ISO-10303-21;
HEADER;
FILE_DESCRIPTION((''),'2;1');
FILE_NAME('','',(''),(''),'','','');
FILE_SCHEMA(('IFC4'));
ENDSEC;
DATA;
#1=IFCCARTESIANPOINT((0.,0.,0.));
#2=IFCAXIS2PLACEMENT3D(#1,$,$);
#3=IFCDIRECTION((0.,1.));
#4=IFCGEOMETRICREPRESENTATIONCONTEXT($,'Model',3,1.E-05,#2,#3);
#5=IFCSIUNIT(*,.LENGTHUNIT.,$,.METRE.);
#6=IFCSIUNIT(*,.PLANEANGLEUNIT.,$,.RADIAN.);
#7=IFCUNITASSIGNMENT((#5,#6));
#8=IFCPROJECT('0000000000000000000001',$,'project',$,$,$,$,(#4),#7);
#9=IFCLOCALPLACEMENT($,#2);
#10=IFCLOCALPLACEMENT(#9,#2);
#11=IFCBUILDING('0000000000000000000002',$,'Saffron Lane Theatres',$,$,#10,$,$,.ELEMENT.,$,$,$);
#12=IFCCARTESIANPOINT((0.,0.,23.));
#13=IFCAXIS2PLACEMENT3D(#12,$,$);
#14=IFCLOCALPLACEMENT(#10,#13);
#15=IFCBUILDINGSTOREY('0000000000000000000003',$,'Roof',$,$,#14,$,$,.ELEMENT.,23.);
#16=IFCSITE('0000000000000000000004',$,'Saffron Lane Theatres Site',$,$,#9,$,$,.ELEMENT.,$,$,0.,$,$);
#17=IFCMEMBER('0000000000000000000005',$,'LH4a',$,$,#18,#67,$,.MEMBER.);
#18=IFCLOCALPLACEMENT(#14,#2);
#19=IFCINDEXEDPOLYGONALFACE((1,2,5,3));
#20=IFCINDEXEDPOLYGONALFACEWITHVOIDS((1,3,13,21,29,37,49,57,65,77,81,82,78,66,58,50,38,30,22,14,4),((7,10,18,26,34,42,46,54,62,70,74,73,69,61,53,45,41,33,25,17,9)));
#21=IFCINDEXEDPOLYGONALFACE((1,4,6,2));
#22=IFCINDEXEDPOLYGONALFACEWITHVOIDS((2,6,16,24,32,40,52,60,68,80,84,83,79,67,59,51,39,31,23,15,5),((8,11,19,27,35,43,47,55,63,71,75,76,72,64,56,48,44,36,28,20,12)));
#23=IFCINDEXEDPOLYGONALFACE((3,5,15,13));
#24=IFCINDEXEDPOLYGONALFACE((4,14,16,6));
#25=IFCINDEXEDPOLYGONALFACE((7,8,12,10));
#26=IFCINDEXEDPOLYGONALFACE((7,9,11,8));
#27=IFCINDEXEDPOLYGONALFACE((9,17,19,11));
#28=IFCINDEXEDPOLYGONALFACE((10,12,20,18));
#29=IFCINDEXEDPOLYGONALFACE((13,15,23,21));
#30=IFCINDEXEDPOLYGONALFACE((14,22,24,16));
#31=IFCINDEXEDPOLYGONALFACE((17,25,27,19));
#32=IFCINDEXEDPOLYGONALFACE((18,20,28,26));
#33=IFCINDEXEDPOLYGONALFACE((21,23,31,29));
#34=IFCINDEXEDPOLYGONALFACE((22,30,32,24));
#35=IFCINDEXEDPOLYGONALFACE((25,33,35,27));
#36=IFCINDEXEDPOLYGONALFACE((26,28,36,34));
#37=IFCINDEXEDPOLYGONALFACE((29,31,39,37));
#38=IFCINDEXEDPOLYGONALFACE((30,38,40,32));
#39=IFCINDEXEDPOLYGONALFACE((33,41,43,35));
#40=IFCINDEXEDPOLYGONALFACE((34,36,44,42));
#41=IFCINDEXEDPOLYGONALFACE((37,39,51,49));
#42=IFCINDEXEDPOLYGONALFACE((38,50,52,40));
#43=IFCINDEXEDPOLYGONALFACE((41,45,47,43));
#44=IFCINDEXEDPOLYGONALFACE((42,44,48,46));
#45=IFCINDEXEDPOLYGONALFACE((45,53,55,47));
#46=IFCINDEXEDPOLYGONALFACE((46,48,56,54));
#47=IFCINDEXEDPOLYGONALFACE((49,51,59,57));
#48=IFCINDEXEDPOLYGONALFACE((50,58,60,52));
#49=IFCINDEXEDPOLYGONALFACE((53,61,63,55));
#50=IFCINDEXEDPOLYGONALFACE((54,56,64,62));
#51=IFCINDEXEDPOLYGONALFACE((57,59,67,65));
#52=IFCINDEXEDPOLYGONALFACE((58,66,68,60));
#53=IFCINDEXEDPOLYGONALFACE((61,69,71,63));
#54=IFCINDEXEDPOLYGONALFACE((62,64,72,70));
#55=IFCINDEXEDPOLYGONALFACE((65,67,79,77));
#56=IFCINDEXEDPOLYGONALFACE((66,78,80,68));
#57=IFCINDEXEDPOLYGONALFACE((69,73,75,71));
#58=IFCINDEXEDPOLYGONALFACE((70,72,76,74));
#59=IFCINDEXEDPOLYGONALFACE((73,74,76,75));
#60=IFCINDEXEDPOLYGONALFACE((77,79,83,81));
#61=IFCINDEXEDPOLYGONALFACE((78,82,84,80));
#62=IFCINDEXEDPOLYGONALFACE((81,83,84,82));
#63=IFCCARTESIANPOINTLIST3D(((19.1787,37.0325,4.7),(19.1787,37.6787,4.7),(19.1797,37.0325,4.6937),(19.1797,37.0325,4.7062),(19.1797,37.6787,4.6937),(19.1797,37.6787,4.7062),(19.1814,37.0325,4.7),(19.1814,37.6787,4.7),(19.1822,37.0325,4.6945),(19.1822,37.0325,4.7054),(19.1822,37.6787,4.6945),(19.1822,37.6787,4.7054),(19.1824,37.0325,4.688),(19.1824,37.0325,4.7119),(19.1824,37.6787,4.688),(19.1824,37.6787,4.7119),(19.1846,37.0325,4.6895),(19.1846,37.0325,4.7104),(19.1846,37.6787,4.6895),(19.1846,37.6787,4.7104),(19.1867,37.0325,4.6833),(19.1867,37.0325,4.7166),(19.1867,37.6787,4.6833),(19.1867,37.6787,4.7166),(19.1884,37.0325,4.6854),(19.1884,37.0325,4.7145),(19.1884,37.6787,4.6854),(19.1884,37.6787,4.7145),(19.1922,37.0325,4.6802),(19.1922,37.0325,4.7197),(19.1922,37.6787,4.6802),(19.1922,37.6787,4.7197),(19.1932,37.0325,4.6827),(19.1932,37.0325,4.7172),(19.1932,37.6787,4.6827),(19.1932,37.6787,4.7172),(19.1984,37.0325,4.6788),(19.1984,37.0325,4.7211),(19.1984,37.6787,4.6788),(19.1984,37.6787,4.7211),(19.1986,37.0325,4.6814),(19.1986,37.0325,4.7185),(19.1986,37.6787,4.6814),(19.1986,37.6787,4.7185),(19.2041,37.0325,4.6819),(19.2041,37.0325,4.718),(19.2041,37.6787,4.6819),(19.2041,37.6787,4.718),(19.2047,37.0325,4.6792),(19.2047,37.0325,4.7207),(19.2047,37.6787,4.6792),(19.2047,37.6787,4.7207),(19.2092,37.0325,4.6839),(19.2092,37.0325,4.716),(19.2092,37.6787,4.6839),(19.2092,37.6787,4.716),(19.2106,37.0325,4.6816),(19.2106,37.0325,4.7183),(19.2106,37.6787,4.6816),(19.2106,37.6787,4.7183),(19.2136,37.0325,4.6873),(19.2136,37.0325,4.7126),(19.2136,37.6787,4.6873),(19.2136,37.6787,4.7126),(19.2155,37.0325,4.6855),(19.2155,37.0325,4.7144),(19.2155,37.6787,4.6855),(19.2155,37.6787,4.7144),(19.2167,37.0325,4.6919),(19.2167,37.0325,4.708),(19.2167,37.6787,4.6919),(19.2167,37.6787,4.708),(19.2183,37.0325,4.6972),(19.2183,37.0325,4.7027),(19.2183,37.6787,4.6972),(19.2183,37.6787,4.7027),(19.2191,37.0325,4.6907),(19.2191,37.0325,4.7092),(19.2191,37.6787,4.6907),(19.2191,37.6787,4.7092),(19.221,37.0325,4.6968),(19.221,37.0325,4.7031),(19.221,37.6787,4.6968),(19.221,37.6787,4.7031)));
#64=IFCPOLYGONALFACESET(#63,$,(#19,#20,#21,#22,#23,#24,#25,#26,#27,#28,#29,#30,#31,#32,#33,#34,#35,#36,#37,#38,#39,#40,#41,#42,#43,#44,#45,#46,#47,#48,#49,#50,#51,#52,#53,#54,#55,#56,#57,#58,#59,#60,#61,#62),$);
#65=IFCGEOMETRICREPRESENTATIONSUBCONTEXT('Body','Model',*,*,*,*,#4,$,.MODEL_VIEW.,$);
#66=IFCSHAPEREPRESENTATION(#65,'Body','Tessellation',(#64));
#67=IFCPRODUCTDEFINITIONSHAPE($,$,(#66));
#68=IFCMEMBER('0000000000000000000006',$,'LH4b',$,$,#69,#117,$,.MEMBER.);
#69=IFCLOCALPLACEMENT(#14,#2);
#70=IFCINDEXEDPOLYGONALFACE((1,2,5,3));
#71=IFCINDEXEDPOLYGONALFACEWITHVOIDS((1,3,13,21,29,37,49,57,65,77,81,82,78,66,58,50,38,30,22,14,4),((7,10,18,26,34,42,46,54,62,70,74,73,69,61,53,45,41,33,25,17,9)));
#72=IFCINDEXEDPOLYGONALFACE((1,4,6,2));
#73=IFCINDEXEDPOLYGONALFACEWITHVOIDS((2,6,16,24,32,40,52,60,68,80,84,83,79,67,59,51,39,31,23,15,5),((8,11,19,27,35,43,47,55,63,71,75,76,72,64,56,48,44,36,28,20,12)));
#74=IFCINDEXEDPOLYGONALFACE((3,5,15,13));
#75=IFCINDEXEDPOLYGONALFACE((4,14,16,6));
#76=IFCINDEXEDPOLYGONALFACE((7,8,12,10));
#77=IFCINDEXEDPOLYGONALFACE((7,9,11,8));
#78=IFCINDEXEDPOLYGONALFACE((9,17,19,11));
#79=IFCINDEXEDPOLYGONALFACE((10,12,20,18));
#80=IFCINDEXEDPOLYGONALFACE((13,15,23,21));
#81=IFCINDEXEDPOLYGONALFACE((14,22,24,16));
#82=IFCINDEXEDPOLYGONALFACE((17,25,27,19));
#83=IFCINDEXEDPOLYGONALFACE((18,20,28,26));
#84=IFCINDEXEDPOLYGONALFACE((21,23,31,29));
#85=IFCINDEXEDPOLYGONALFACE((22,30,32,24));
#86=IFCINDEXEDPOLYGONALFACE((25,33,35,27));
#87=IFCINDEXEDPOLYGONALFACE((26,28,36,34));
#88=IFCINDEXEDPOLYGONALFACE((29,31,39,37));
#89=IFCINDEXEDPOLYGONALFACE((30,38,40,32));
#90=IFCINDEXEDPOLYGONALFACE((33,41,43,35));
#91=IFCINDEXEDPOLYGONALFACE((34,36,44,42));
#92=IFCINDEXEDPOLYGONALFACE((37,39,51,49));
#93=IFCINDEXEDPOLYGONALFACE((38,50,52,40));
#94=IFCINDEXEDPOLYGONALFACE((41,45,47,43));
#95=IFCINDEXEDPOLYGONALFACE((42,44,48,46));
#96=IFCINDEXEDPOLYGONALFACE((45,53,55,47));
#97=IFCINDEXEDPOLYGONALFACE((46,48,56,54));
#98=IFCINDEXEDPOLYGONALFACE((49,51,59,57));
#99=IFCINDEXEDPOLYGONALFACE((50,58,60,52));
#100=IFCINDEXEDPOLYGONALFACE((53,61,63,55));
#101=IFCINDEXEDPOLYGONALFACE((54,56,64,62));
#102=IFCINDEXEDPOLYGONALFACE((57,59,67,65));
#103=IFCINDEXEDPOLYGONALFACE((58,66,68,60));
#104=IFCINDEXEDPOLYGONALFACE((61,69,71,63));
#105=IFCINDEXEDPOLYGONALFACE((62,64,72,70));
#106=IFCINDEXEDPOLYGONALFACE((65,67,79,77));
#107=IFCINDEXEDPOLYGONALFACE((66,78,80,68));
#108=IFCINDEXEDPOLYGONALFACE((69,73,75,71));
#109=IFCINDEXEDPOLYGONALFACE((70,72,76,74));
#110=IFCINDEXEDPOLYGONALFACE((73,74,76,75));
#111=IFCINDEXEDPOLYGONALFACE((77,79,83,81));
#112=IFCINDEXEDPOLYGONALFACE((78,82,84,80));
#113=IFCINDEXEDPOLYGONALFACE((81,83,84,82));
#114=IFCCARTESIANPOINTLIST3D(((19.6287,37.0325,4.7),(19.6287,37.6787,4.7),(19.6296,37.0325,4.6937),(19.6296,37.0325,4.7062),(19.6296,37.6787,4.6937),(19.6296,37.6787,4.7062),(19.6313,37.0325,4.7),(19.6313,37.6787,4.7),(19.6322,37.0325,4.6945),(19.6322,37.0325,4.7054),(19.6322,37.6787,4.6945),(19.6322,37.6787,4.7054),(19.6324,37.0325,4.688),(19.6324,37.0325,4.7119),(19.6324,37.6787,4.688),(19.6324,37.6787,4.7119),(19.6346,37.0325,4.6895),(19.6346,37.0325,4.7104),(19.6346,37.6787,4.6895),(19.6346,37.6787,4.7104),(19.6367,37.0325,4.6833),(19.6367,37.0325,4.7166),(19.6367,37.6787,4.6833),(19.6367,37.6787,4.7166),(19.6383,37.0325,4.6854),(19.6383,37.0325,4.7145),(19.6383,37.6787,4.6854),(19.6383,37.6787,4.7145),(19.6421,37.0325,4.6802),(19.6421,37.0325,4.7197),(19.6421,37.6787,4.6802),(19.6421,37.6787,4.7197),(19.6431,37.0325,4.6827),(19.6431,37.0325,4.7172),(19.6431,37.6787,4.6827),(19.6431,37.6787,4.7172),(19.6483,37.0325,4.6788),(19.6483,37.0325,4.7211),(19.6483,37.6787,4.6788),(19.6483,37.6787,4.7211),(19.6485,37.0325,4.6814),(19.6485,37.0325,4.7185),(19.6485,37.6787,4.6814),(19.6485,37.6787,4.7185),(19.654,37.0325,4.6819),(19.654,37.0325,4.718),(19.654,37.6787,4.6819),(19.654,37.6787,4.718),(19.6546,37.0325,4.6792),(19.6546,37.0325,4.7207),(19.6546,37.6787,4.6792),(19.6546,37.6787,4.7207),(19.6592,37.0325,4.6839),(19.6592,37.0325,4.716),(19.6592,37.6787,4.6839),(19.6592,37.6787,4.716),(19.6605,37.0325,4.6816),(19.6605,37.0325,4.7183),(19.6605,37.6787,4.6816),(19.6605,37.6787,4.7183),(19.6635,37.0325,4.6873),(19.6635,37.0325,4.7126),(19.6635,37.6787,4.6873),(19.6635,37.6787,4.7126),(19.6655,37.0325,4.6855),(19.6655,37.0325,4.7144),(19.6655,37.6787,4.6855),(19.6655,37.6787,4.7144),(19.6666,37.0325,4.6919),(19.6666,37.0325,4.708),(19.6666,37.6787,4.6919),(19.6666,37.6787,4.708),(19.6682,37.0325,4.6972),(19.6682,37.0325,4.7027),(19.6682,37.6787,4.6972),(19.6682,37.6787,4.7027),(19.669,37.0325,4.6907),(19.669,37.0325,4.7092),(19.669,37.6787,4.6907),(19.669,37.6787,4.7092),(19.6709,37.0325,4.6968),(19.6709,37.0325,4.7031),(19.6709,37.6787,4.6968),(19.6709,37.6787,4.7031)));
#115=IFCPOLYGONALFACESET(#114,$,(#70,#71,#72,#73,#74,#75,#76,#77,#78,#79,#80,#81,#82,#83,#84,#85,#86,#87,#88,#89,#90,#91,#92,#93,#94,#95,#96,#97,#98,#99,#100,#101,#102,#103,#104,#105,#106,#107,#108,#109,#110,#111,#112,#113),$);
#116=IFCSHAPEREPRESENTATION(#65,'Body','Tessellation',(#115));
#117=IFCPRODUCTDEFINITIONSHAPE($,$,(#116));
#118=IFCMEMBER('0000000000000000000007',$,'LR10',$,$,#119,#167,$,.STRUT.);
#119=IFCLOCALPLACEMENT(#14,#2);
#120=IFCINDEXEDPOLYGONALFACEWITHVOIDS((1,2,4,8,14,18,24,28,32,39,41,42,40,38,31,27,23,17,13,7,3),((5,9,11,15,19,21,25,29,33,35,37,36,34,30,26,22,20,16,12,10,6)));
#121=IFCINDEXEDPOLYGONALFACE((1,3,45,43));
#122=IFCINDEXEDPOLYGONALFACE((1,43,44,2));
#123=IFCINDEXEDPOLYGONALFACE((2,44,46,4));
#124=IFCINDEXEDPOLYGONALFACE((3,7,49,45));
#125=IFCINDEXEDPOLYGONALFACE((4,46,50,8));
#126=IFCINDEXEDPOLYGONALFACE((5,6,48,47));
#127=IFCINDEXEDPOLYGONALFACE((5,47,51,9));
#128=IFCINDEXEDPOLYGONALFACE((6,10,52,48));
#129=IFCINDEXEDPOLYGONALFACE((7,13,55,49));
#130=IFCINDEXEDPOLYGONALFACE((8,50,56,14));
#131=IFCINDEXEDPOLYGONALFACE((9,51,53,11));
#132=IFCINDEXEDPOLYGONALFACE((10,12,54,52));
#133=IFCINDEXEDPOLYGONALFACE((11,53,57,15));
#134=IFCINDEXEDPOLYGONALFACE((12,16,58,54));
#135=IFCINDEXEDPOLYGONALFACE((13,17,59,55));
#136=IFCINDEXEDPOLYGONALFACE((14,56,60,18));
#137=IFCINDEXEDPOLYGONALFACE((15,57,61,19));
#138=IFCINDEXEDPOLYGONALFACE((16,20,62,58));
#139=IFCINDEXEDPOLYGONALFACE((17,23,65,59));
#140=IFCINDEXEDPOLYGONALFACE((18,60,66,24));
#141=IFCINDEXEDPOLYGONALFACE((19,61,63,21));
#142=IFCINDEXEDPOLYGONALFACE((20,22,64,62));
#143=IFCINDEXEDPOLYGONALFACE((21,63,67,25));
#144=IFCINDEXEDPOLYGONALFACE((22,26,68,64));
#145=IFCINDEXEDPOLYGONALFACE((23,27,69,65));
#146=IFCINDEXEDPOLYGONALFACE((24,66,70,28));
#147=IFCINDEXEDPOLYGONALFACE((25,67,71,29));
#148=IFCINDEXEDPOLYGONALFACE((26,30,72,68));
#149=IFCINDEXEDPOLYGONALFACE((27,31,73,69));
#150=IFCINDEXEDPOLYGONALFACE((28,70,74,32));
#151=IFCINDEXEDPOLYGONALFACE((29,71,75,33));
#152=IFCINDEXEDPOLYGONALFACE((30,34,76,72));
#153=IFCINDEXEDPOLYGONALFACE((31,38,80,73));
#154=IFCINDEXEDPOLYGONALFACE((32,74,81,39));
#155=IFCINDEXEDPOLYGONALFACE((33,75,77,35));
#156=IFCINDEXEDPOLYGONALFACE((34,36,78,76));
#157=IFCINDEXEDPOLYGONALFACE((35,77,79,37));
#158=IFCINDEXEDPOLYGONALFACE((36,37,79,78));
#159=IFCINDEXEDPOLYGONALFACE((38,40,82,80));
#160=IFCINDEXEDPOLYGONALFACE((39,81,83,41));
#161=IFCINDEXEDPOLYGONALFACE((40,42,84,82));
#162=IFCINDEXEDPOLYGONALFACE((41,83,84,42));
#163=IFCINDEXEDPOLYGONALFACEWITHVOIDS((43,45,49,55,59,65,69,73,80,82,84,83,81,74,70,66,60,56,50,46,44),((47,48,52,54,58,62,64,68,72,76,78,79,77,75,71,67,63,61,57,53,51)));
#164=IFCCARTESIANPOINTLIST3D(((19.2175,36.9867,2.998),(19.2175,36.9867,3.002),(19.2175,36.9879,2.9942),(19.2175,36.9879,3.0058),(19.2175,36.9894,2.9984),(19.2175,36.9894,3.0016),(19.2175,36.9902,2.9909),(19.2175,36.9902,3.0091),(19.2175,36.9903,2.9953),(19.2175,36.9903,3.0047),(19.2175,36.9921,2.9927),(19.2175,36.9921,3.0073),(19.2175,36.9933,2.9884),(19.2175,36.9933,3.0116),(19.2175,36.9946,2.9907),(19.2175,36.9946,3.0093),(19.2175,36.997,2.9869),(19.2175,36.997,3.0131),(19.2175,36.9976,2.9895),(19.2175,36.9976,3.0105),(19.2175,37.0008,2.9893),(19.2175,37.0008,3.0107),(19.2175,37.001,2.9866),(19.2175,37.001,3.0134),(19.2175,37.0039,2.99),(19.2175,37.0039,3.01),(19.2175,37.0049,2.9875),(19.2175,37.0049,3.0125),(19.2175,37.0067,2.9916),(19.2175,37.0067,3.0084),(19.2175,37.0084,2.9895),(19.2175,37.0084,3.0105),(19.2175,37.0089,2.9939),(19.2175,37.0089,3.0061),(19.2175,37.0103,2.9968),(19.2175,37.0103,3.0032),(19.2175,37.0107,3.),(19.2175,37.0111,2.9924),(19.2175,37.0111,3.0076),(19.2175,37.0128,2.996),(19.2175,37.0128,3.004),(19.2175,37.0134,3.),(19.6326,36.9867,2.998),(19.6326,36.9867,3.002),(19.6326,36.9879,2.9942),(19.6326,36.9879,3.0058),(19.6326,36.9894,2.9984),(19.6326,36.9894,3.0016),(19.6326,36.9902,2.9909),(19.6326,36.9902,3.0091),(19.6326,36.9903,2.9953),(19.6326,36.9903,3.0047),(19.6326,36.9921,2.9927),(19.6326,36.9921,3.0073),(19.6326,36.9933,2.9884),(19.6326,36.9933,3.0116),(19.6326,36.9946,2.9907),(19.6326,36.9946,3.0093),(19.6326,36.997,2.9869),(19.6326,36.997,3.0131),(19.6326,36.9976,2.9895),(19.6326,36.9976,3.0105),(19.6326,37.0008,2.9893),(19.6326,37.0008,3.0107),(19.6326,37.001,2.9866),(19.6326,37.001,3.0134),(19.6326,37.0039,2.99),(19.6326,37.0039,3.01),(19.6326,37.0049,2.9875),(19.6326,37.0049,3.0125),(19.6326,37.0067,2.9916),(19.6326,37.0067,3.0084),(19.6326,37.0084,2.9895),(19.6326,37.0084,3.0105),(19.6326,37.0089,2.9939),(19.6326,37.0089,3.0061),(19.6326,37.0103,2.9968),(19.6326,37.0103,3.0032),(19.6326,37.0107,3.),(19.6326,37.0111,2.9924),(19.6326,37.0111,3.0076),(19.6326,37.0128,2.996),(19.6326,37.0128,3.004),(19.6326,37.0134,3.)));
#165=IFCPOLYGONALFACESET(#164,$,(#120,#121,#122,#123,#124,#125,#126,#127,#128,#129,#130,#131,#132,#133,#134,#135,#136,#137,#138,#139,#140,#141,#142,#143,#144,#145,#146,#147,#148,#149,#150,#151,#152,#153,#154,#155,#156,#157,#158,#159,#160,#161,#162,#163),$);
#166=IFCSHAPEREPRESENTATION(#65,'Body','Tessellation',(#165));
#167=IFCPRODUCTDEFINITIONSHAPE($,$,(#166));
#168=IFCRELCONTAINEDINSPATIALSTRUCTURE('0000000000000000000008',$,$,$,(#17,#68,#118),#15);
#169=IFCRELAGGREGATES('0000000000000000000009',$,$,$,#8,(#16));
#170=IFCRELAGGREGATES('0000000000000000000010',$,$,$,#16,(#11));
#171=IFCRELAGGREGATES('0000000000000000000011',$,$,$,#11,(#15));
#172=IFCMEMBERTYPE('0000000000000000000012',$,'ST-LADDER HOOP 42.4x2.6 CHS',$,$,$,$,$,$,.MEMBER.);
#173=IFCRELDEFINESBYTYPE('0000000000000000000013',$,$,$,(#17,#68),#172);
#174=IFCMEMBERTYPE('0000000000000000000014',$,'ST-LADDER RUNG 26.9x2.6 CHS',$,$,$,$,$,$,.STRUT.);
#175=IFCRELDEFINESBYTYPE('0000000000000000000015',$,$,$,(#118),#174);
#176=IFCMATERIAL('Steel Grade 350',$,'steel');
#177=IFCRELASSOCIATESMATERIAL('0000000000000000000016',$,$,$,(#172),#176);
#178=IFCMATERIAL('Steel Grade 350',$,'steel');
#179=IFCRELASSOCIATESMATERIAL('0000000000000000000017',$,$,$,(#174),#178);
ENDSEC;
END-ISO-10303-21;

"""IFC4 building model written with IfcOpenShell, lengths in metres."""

from ifc_helpers import new_model, si_unit, direction, frame, origin, origin_2d, place, context, subcontext, project, spatial, hollow_circle, extrude, material, material_profile, profile_set, type_object, element, save


model = new_model("IFC4")

# Units and contexts
model_context = context("Model", 3, precision=1e-05, world=origin(), true_north=direction((0.0, 1.0)))
body_context = subcontext(model_context, "Body", "Model", "MODEL_VIEW")
ifc_project = project(units=[si_unit("LENGTHUNIT", "METRE"), si_unit("PLANEANGLEUNIT", "RADIAN")], contexts=[model_context])

# Site, building, storey
site_placement = place(None, origin())
site = spatial("IfcSite", under=ifc_project, at=site_placement, Name="Saffron Lane Theatres Site", CompositionType="ELEMENT", RefElevation=0.0)
building_placement = place(site_placement, origin())
building = spatial("IfcBuilding", under=site, at=building_placement, Name="Saffron Lane Theatres", CompositionType="ELEMENT")
storey_placement = place(building_placement, frame((0.0, 0.0, 23.0)))
storey = spatial("IfcBuildingStorey", under=building, at=storey_placement, Name="Roof", CompositionType="ELEMENT", Elevation=23.0)

# Members
ifc_material_1 = material(Name="Steel Grade 350", Category="steel")
ifc_material_profile_1 = material_profile(ifc_material_1, hollow_circle(Radius=0.0212, WallThickness=0.0027, at=origin_2d()))
ifc_profile_set_1 = profile_set([ifc_material_profile_1], Name="Steel Grade 350")
member_type_1 = type_object("IfcMemberType", Name="ST-LADDER HOOP 42.4x2.6 CHS", PredefinedType="MEMBER", material=ifc_profile_set_1)
for number, where, z_axis, x_axis, name in (
    (1, (19.2, 37.0325, 4.7), (0.0, 1.0, 0.0), (-1.0, 0.0, 0.0), "LH4a"),
    (2, (19.6499, 37.0325, 4.7), (0.0, 1.0, 0.0), (-1.0, 0.0, 0.0), "LH4b"),
):
    element("IfcMember", number, at=place(storey_placement, frame(where, z_axis=z_axis, x_axis=x_axis)), inside=storey, type_object=member_type_1, Name=name, PredefinedType="MEMBER", context=body_context, shape_type="SweptSolid", body=[
        extrude(hollow_circle(Radius=0.0212, WallThickness=0.0027, at=origin_2d()), origin(), (0.0, 0.0, 1.0), 0.6462),
    ])
ifc_material_2 = material(Name="Steel Grade 350", Category="steel")
ifc_material_profile_2 = material_profile(ifc_material_2, hollow_circle(Radius=0.0134, WallThickness=0.0027, at=origin_2d()))
ifc_profile_set_2 = profile_set([ifc_material_profile_2], Name="Steel Grade 350")
member_type_2 = type_object("IfcMemberType", Name="ST-LADDER RUNG 26.9x2.6 CHS", PredefinedType="STRUT", material=ifc_profile_set_2)
for number, where, z_axis, x_axis, name in (
    (3, (19.2175, 37.0, 3.0), (1.0, 0.0, 0.0), (0.0, 1.0, 0.0), "LR10"),
):
    element("IfcMember", number, at=place(storey_placement, frame(where, z_axis=z_axis, x_axis=x_axis)), inside=storey, type_object=member_type_2, Name=name, PredefinedType="STRUT", context=body_context, shape_type="SweptSolid", body=[
        extrude(hollow_circle(Radius=0.0134, WallThickness=0.0027, at=origin_2d()), origin(), (0.0, 0.0, 1.0), 0.415),
    ])

save(model, "model.ifc")
